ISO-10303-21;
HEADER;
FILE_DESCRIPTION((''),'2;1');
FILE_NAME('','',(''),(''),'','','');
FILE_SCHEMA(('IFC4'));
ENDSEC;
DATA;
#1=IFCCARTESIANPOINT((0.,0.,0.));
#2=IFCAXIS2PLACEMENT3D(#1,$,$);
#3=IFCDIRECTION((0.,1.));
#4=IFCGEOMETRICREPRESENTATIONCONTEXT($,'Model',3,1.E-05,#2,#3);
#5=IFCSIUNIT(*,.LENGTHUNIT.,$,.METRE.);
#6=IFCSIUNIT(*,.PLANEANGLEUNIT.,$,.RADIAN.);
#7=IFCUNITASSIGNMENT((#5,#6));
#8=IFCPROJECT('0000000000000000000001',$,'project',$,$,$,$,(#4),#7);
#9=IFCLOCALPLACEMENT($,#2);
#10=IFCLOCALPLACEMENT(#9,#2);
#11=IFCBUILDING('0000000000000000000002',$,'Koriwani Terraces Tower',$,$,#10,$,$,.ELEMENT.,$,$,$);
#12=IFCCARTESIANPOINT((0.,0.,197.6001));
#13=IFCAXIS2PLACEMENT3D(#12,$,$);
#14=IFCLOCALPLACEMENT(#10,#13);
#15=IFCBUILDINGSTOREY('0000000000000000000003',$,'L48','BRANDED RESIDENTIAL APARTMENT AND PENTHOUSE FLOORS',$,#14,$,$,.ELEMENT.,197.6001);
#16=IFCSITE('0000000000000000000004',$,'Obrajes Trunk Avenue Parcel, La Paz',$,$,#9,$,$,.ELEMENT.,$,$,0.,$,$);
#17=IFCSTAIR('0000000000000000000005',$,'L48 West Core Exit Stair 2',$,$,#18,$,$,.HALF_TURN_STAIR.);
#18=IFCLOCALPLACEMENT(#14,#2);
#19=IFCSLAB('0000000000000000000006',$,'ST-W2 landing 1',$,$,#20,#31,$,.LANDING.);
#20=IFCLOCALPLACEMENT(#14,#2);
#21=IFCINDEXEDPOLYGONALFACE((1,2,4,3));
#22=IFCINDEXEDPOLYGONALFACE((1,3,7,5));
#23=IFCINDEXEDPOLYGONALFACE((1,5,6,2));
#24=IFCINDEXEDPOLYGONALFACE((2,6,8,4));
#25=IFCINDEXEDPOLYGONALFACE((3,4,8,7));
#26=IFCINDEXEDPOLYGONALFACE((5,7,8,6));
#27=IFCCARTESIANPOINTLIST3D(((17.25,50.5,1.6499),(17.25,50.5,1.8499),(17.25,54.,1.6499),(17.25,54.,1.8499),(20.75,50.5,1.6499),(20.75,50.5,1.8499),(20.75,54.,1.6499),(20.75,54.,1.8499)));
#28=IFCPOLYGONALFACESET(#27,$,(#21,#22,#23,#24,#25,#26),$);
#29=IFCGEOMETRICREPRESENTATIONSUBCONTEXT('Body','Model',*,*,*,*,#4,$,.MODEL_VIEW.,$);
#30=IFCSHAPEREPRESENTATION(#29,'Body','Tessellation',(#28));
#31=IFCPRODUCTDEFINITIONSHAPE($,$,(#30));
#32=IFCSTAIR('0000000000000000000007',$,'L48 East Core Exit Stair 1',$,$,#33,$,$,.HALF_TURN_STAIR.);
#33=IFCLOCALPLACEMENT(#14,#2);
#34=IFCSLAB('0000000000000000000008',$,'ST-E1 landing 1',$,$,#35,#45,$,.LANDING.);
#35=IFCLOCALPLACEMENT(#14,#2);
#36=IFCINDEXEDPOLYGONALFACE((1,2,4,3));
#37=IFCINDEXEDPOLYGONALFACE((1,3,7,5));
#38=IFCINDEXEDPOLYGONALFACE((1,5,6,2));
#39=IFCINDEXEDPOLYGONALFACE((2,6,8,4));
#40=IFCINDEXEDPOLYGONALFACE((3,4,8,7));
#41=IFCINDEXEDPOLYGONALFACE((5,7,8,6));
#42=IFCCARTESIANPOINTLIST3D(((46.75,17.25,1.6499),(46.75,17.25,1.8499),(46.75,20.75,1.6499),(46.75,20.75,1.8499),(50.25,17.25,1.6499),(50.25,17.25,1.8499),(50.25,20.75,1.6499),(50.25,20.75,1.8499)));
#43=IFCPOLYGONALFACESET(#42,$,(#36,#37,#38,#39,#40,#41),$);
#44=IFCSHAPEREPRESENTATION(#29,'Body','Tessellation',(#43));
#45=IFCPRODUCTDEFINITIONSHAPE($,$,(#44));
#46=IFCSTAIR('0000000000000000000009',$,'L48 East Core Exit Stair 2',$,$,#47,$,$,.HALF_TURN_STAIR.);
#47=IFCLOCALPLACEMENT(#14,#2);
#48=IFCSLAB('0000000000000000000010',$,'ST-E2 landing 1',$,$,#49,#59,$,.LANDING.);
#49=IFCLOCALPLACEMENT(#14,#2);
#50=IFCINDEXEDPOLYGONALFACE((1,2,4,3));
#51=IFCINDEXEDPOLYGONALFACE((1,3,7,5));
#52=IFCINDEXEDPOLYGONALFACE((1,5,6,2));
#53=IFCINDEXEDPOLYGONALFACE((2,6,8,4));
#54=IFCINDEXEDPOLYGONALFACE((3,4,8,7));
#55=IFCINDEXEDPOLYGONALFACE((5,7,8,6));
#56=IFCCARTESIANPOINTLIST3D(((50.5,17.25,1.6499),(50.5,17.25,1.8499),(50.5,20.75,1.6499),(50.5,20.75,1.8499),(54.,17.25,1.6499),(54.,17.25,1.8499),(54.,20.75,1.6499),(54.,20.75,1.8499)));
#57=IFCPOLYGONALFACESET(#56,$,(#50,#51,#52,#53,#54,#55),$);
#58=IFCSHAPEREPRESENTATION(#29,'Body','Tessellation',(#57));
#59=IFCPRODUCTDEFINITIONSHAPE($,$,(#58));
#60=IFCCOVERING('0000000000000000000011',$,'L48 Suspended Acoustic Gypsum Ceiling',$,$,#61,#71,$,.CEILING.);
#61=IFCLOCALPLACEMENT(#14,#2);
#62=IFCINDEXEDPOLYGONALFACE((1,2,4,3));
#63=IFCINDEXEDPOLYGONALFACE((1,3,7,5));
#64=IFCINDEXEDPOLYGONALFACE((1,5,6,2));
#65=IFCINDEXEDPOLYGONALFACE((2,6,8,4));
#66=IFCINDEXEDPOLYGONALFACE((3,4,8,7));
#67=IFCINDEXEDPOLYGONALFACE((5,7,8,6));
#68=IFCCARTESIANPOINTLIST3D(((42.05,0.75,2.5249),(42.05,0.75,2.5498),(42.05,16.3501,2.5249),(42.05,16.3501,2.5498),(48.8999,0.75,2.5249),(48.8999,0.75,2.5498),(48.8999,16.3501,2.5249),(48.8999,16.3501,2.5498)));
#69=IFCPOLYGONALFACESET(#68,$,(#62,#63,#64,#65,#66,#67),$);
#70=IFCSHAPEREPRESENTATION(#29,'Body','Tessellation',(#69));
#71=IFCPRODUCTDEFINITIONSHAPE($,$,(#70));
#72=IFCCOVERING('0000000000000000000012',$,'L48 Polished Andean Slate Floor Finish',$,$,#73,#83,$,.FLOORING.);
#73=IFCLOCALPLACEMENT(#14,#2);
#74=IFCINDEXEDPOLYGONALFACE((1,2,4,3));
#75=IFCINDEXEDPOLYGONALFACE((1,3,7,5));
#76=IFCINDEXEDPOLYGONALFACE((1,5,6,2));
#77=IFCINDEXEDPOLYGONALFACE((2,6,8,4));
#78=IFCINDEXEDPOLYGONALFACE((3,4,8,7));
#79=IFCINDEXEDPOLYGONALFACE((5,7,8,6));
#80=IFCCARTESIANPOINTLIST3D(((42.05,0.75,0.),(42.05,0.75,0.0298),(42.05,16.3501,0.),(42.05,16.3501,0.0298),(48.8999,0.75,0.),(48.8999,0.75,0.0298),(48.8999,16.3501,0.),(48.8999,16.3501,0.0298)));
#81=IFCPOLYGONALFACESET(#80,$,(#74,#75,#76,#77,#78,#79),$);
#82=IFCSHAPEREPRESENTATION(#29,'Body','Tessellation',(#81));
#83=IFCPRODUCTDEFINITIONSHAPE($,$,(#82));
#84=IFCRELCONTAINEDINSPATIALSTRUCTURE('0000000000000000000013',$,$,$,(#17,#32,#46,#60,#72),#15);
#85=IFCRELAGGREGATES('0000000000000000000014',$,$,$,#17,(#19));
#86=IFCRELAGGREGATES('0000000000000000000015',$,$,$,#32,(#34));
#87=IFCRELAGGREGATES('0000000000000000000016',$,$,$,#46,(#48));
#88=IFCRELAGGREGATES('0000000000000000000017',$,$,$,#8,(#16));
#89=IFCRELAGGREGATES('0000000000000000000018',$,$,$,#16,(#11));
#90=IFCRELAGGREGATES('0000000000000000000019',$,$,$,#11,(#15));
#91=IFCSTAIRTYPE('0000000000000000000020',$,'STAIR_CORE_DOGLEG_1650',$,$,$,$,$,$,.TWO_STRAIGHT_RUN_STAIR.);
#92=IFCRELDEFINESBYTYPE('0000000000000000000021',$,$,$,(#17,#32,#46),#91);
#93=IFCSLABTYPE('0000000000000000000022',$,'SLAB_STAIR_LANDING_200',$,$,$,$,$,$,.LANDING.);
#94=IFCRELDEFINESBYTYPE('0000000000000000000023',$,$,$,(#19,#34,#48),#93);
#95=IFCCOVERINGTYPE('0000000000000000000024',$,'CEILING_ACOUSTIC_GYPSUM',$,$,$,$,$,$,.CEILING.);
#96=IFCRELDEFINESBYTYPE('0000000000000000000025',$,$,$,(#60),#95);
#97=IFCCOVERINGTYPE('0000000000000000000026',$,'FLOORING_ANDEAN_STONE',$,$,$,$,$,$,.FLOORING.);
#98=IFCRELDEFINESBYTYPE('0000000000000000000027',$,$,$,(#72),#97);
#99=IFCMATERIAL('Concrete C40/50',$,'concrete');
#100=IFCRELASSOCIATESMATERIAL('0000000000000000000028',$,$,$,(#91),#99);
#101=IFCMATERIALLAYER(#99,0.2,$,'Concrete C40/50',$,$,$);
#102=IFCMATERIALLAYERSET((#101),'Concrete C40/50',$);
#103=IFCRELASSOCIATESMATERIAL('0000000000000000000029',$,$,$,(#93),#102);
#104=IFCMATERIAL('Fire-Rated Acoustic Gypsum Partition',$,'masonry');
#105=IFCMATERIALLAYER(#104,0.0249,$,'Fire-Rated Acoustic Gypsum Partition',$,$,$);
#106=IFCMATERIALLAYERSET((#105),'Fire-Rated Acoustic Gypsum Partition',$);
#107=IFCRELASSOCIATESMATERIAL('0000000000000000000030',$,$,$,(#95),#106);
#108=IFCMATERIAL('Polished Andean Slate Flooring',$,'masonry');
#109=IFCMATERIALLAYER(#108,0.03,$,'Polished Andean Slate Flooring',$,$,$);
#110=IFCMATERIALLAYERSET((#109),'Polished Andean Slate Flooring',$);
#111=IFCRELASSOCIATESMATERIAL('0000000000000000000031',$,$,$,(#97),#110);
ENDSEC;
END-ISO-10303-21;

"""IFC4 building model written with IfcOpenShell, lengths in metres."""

from ifc_helpers import new_model, si_unit, direction, frame, origin, place, context, subcontext, project, spatial, polyline, outline, extrude, material, layer, layer_set, type_object, element, aggregate, save


model = new_model("IFC4")

# Units and contexts
model_context = context("Model", 3, precision=1e-05, world=origin(), true_north=direction((0.0, 1.0)))
body_context = subcontext(model_context, "Body", "Model", "MODEL_VIEW")
ifc_project = project(units=[si_unit("LENGTHUNIT", "METRE"), si_unit("PLANEANGLEUNIT", "RADIAN")], contexts=[model_context])

# Site, building, storey
site_placement = place(None, origin())
site = spatial("IfcSite", under=ifc_project, at=site_placement, Name="Obrajes Trunk Avenue Parcel, La Paz", CompositionType="ELEMENT", RefElevation=0.0)
building_placement = place(site_placement, origin())
building = spatial("IfcBuilding", under=site, at=building_placement, Name="Koriwani Terraces Tower", CompositionType="ELEMENT")
storey_placement = place(building_placement, frame((0.0, 0.0, 197.6001)))
storey = spatial("IfcBuildingStorey", under=building, at=storey_placement, Name="L48", Description="BRANDED RESIDENTIAL APARTMENT AND PENTHOUSE FLOORS", CompositionType="ELEMENT", Elevation=197.6001)

# Shared definitions
ifc_material_1 = material(Name="Concrete C40/50", Category="concrete")

# Stairs, slabs
stair_type = type_object("IfcStairType", Name="STAIR_CORE_DOGLEG_1650", PredefinedType="TWO_STRAIGHT_RUN_STAIR", material=ifc_material_1)
ifc_layer_1 = layer(ifc_material_1, 0.2, Name="Concrete C40/50")
ifc_layer_set_1 = layer_set([ifc_layer_1], Name="Concrete C40/50")
slab_type_1 = type_object("IfcSlabType", Name="SLAB_STAIR_LANDING_200", PredefinedType="LANDING", material=ifc_layer_set_1)
stair_1_placement = place(storey_placement, origin())
stair_1 = element("IfcStair", 1, at=stair_1_placement, inside=storey, type_object=stair_type, Name="L48 West Core Exit Stair 2", PredefinedType="HALF_TURN_STAIR")
slab_1_placement = place(storey_placement, frame((0.0, 0.0, 1.6499)))
slab_1 = element("IfcSlab", 2, at=slab_1_placement, type_object=slab_type_1, Name="ST-W2 landing 1", PredefinedType="LANDING", context=body_context, shape_type="SweptSolid", body=[
    extrude(outline(polyline([(17.25, 54.0), (17.25, 50.5), (20.75, 50.5), (20.75, 54.0), (17.25, 54.0)])), origin(), (0.0, 0.0, 1.0), 0.2),
])
aggregate(stair_1, [slab_1])
stair_2_placement = place(storey_placement, origin())
stair_2 = element("IfcStair", 3, at=stair_2_placement, inside=storey, type_object=stair_type, Name="L48 East Core Exit Stair 1", PredefinedType="HALF_TURN_STAIR")
slab_2_placement = place(storey_placement, frame((0.0, 0.0, 1.6499)))
slab_2 = element("IfcSlab", 4, at=slab_2_placement, type_object=slab_type_1, Name="ST-E1 landing 1", PredefinedType="LANDING", context=body_context, shape_type="SweptSolid", body=[
    extrude(outline(polyline([(46.75, 17.25), (50.25, 17.25), (50.25, 20.75), (46.75, 20.75), (46.75, 17.25)])), origin(), (0.0, 0.0, 1.0), 0.2),
])
aggregate(stair_2, [slab_2])
stair_3_placement = place(storey_placement, origin())
stair_3 = element("IfcStair", 5, at=stair_3_placement, inside=storey, type_object=stair_type, Name="L48 East Core Exit Stair 2", PredefinedType="HALF_TURN_STAIR")
slab_3_placement = place(storey_placement, frame((0.0, 0.0, 1.6499)))
slab_3 = element("IfcSlab", 6, at=slab_3_placement, type_object=slab_type_1, Name="ST-E2 landing 1", PredefinedType="LANDING", context=body_context, shape_type="SweptSolid", body=[
    extrude(outline(polyline([(54.0, 20.75), (50.5, 20.75), (50.5, 17.25), (54.0, 17.25), (54.0, 20.75)])), origin(), (0.0, 0.0, 1.0), 0.2),
])
aggregate(stair_3, [slab_3])

# Coverings
ifc_material_2 = material(Name="Fire-Rated Acoustic Gypsum Partition", Category="masonry")
ifc_layer_2 = layer(ifc_material_2, 0.0249, Name="Fire-Rated Acoustic Gypsum Partition")
ifc_layer_set_2 = layer_set([ifc_layer_2], Name="Fire-Rated Acoustic Gypsum Partition")
covering_type_1 = type_object("IfcCoveringType", Name="CEILING_ACOUSTIC_GYPSUM", PredefinedType="CEILING", material=ifc_layer_set_2)
covering_1_placement = place(storey_placement, frame((0.0, 0.0, 2.5249)))
element("IfcCovering", 7, at=covering_1_placement, inside=storey, type_object=covering_type_1, Name="L48 Suspended Acoustic Gypsum Ceiling", PredefinedType="CEILING", context=body_context, shape_type="SweptSolid", body=[
    extrude(outline(polyline([(42.05, 0.75), (42.05, 16.3501), (48.8999, 16.3501), (48.8999, 0.75), (42.05, 0.75)])), origin(), (0.0, 0.0, 1.0), 0.0249),
])
ifc_material_3 = material(Name="Polished Andean Slate Flooring", Category="masonry")
ifc_layer_3 = layer(ifc_material_3, 0.03, Name="Polished Andean Slate Flooring")
ifc_layer_set_3 = layer_set([ifc_layer_3], Name="Polished Andean Slate Flooring")
covering_type_2 = type_object("IfcCoveringType", Name="FLOORING_ANDEAN_STONE", PredefinedType="FLOORING", material=ifc_layer_set_3)
covering_2_placement = place(storey_placement, origin())
element("IfcCovering", 8, at=covering_2_placement, inside=storey, type_object=covering_type_2, Name="L48 Polished Andean Slate Floor Finish", PredefinedType="FLOORING", context=body_context, shape_type="SweptSolid", body=[
    extrude(outline(polyline([(42.05, 0.75), (42.05, 16.3501), (48.8999, 16.3501), (48.8999, 0.75), (42.05, 0.75)])), origin(), (0.0, 0.0, 1.0), 0.0298),
])

save(model, "model.ifc")
